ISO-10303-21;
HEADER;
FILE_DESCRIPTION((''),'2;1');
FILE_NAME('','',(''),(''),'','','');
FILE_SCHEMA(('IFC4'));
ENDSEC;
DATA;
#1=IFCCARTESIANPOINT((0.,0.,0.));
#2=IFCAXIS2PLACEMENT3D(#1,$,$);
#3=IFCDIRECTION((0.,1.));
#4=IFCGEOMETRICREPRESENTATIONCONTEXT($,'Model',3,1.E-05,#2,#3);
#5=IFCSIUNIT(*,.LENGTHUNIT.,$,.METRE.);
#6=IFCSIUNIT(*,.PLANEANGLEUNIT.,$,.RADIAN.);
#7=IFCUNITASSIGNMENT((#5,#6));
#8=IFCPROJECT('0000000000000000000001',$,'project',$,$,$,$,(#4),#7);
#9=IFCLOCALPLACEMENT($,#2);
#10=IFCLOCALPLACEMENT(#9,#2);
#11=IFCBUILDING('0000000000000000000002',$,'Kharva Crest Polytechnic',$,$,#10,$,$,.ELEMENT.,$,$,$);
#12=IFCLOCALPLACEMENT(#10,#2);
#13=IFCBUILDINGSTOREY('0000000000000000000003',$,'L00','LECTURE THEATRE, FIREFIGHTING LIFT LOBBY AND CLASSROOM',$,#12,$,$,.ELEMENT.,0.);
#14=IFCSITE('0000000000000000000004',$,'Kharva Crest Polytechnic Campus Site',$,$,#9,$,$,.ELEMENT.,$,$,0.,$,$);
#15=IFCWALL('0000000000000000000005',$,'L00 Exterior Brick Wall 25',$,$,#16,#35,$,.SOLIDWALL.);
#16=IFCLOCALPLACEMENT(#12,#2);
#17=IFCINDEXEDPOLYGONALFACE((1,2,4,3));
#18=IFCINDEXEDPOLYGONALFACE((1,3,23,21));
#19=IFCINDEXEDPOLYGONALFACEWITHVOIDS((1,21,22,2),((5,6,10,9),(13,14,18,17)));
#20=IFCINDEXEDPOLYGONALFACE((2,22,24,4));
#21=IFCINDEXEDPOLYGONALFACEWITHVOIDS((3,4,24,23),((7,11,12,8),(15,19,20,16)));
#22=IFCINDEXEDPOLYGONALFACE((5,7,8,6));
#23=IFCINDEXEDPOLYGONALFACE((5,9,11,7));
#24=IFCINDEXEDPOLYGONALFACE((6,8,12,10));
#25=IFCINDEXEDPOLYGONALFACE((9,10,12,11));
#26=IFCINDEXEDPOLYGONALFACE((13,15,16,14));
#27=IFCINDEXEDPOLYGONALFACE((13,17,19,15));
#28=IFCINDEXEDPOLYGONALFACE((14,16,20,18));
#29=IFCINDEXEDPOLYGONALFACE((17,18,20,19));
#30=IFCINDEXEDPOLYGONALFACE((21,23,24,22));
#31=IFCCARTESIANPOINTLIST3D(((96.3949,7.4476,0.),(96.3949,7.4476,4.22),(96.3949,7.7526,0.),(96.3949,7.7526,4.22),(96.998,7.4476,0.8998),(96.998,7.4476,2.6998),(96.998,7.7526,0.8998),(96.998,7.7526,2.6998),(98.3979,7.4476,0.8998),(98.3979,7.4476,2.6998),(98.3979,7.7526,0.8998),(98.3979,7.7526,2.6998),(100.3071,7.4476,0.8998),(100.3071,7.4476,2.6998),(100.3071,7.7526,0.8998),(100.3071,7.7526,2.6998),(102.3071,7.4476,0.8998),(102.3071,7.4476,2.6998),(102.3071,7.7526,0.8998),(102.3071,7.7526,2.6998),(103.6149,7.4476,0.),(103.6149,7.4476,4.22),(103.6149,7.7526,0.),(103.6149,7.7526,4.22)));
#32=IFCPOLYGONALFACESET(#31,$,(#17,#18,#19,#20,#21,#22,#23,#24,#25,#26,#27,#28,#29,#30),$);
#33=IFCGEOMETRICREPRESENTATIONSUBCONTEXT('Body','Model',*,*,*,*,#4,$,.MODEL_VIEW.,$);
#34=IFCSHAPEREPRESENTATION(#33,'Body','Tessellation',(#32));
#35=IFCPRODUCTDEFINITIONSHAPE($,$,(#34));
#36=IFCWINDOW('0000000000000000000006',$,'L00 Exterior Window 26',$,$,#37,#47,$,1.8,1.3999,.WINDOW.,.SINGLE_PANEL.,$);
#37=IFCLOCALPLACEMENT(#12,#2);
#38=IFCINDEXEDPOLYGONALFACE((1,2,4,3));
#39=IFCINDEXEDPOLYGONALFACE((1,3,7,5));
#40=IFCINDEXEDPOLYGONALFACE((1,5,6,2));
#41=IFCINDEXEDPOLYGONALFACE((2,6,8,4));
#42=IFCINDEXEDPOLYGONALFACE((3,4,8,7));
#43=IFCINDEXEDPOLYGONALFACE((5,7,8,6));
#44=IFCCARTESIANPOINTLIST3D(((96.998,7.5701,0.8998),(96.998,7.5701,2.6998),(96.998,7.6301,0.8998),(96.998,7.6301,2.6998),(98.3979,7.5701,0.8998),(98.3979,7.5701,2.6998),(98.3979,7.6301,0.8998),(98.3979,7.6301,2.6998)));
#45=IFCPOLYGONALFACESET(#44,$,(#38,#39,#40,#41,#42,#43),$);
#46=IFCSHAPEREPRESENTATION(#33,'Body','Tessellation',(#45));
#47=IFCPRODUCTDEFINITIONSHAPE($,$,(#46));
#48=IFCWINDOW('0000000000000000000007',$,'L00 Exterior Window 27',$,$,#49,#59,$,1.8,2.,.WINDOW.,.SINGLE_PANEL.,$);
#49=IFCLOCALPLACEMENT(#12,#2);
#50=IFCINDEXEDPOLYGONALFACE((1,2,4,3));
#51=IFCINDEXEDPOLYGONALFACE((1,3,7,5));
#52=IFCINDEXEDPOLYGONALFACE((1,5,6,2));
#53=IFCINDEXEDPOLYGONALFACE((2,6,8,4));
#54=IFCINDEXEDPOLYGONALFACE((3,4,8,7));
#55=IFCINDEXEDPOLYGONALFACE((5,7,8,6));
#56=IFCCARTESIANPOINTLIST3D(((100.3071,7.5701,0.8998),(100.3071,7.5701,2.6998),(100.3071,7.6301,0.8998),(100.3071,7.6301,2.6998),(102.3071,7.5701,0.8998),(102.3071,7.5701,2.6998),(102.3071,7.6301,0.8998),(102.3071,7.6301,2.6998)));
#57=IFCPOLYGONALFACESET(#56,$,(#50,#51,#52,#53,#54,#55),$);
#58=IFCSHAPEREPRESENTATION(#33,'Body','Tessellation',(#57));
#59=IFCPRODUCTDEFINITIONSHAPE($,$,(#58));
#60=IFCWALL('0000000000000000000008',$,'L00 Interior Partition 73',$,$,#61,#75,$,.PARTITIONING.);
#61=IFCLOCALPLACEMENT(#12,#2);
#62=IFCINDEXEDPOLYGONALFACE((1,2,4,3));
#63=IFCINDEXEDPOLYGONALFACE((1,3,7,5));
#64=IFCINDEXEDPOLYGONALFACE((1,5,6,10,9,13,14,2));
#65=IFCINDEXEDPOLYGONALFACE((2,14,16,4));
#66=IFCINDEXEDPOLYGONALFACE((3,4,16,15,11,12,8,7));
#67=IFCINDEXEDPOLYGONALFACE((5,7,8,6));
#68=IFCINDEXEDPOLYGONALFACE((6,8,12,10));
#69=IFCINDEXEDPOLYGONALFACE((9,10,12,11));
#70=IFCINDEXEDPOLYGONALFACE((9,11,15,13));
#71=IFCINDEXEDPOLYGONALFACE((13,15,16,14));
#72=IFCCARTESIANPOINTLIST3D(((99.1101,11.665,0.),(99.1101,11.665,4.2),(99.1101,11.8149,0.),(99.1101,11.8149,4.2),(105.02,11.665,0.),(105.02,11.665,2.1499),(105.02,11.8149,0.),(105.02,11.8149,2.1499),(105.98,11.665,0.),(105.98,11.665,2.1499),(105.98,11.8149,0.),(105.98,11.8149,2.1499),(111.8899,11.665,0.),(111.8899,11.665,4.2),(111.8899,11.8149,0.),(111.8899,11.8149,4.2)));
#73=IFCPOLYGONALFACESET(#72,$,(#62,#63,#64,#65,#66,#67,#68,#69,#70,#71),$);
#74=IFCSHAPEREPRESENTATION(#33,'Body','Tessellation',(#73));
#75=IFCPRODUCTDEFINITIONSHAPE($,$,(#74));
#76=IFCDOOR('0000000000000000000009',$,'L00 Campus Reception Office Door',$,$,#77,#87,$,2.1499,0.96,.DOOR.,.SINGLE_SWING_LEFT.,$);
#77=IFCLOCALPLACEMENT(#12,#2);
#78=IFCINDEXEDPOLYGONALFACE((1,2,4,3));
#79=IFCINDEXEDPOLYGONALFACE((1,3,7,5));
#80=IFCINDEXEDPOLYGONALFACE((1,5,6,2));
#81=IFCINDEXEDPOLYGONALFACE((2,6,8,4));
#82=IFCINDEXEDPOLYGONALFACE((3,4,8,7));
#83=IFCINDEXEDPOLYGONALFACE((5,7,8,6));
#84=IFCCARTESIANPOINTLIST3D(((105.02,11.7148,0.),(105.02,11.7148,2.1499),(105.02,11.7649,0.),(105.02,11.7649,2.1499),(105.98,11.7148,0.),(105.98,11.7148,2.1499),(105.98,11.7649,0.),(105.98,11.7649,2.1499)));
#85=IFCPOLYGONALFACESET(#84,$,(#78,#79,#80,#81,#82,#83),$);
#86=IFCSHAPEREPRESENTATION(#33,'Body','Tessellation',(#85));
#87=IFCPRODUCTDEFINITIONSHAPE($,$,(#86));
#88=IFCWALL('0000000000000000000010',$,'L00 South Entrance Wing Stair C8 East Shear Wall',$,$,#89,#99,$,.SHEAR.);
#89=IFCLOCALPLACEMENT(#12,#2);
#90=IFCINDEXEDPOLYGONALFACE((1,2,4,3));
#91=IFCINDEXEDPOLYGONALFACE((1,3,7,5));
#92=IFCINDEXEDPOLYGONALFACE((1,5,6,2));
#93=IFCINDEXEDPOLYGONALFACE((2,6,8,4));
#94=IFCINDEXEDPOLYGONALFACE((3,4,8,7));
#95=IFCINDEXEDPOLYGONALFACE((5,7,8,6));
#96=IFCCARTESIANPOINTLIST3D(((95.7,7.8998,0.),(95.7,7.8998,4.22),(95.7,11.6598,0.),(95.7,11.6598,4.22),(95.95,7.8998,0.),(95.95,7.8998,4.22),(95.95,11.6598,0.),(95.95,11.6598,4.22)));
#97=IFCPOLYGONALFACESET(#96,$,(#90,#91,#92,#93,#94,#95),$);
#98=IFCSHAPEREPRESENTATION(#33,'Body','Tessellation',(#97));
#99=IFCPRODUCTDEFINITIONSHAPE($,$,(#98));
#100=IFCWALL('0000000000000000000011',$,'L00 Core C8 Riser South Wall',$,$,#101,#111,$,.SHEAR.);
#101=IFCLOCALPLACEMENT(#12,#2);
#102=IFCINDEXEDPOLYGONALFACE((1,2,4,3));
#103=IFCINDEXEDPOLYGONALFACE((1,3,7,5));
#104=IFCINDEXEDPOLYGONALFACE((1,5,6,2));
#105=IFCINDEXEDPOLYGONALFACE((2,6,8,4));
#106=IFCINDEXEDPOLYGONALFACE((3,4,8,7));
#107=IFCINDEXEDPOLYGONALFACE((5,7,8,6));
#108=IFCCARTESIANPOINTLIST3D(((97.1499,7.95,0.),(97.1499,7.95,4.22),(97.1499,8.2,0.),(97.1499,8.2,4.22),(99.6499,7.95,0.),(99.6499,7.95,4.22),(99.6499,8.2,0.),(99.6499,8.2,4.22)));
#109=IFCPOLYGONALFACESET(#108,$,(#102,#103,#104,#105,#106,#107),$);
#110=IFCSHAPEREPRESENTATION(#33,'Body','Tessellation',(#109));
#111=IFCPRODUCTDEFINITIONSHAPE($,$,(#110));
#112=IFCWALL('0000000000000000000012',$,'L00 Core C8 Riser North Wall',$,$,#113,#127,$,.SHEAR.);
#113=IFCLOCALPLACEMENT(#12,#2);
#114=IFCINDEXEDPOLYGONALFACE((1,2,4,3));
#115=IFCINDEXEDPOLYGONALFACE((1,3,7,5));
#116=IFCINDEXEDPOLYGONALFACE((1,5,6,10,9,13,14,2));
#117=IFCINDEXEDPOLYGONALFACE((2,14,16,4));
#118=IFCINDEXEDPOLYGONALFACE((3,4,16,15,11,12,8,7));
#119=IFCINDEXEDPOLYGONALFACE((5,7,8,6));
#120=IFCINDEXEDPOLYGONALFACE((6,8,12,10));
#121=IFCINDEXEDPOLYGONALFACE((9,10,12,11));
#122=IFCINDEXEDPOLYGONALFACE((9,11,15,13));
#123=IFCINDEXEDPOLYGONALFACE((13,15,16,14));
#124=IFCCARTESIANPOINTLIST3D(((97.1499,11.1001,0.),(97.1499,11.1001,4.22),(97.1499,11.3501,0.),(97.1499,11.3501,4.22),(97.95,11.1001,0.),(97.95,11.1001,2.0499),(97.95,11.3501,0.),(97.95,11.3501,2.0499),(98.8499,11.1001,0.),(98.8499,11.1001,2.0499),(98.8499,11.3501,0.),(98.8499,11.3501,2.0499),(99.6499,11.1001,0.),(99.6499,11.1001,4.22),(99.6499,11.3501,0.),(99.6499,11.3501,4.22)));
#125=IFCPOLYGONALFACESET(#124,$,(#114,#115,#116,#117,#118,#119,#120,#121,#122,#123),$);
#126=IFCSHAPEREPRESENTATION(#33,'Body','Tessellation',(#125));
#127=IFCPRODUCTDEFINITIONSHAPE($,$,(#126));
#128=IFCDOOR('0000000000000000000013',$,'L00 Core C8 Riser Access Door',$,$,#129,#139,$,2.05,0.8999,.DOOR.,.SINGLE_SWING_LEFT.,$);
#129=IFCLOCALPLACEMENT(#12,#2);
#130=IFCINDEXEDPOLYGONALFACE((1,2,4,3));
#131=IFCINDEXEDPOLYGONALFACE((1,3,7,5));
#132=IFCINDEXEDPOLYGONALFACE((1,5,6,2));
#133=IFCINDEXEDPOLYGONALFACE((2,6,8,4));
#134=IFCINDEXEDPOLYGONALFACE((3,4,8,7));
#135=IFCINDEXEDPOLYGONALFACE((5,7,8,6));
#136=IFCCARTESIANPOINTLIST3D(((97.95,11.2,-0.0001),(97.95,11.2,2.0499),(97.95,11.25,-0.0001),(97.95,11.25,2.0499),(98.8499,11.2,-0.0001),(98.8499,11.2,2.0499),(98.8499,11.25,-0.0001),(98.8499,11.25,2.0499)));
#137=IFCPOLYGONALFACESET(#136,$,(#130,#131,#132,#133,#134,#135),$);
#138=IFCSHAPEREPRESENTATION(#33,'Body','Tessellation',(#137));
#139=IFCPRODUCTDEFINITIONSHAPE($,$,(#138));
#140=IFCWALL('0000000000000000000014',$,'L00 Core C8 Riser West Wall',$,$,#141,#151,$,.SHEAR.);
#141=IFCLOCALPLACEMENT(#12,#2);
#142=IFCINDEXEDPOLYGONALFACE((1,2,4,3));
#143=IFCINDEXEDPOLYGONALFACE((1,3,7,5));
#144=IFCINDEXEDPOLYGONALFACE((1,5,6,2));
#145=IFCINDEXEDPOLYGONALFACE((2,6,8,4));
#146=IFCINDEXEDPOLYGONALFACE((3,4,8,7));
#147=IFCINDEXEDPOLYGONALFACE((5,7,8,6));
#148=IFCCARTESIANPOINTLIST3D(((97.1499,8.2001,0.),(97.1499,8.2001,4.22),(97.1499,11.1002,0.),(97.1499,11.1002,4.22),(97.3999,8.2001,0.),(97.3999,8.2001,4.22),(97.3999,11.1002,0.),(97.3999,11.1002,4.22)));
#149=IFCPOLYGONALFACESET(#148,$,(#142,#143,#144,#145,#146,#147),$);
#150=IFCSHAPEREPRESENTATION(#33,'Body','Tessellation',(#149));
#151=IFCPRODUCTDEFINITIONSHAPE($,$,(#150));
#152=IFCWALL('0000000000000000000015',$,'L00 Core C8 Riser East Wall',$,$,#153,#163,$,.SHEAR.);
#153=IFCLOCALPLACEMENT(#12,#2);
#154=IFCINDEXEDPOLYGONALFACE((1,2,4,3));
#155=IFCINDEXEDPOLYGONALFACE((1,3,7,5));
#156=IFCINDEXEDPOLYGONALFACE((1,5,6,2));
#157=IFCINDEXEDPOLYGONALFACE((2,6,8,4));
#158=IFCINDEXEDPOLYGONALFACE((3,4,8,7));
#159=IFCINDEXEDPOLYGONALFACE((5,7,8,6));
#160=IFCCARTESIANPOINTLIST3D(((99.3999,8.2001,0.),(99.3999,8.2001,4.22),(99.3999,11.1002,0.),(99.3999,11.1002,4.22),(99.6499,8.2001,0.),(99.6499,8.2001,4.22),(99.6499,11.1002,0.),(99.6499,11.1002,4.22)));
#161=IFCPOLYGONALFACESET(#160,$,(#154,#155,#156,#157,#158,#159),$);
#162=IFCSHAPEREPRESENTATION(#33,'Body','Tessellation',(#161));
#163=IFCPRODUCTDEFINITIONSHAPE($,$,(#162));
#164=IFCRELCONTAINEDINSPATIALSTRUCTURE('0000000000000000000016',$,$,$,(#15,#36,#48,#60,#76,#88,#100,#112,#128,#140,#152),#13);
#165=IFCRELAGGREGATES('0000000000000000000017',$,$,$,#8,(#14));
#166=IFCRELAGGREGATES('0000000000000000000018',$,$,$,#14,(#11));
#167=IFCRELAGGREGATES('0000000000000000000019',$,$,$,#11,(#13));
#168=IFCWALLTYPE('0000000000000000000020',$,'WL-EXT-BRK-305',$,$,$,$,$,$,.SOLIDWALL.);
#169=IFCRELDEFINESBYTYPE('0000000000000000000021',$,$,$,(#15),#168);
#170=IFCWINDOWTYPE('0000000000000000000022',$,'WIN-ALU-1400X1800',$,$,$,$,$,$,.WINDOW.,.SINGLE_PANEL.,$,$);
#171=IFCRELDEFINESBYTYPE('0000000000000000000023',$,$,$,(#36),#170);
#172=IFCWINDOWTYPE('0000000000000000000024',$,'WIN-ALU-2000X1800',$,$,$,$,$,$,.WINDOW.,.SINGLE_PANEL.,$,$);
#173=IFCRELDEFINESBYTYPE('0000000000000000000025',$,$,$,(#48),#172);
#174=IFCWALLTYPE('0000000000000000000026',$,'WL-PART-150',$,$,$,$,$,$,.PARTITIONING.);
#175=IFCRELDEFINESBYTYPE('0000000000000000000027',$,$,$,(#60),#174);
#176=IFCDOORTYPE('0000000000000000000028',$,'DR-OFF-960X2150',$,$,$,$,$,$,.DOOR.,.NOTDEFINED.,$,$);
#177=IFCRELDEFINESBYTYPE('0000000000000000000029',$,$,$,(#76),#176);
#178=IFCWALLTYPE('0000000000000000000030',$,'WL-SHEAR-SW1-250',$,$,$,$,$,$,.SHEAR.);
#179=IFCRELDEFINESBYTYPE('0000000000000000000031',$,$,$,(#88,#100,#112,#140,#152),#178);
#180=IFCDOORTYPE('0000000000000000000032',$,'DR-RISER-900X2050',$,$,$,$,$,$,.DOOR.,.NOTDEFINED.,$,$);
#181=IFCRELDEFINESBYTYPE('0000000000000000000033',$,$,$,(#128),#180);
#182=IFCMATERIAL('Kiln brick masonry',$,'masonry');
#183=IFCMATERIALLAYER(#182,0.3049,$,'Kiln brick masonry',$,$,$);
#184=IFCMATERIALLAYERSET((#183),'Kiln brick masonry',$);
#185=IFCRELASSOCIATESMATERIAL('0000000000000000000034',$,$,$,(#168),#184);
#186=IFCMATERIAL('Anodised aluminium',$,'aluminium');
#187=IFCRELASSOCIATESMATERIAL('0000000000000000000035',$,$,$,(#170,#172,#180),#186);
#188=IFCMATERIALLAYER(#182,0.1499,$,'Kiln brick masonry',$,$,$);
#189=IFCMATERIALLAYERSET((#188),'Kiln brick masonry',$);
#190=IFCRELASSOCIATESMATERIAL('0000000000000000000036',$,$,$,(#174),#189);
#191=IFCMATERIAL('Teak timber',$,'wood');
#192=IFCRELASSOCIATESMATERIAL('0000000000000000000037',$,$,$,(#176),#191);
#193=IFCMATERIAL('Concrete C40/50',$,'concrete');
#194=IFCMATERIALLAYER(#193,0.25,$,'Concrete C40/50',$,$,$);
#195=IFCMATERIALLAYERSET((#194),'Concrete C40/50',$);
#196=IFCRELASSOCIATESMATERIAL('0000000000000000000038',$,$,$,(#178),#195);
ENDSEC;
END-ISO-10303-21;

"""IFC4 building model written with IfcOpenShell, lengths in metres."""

from ifc_helpers import new_model, si_unit, direction, frame, frame_2d, origin, place, context, subcontext, project, spatial, rectangle, extrude, material, layer, layer_set, type_object, element, fill, save


model = new_model("IFC4")

# Units and contexts
model_context = context("Model", 3, precision=1e-05, world=origin(), true_north=direction((0.0, 1.0)))
body_context = subcontext(model_context, "Body", "Model", "MODEL_VIEW")
ifc_project = project(units=[si_unit("LENGTHUNIT", "METRE"), si_unit("PLANEANGLEUNIT", "RADIAN")], contexts=[model_context])

# Site, building, storey
site_placement = place(None, origin())
site = spatial("IfcSite", under=ifc_project, at=site_placement, Name="Kharva Crest Polytechnic Campus Site", CompositionType="ELEMENT", RefElevation=0.0)
building_placement = place(site_placement, origin())
building = spatial("IfcBuilding", under=site, at=building_placement, Name="Kharva Crest Polytechnic", CompositionType="ELEMENT")
storey_placement = place(building_placement, origin())
storey = spatial("IfcBuildingStorey", under=building, at=storey_placement, Name="L00", Description="LECTURE THEATRE, FIREFIGHTING LIFT LOBBY AND CLASSROOM", CompositionType="ELEMENT", Elevation=0.0)

# Shared definitions
ifc_material_1 = material(Name="Concrete C40/50", Category="concrete")

# Wall, openings, windows
ifc_material_2 = material(Name="Kiln brick masonry", Category="masonry")
ifc_layer_1 = layer(ifc_material_2, 0.3049, Name="Kiln brick masonry")
ifc_layer_set_1 = layer_set([ifc_layer_1], Name="Kiln brick masonry")
wall_type_1 = type_object("IfcWallType", Name="WL-EXT-BRK-305", PredefinedType="SOLIDWALL", material=ifc_layer_set_1)
wall_1_placement = place(storey_placement, frame((96.395, 7.6001, 0.0), z_axis=(0.0, 0.0, 1.0), x_axis=(1.0, 0.0, 0.0)))
wall_1 = element("IfcWall", 1, at=wall_1_placement, inside=storey, type_object=wall_type_1, Name="L00 Exterior Brick Wall 25", PredefinedType="SOLIDWALL", context=body_context, shape_type="SweptSolid", body=[
    extrude(rectangle(XDim=7.22, YDim=0.3049, at=frame_2d((3.6099, 0.0))), origin(), (0.0, 0.0, 1.0), 4.22),
])
opening_1_placement = place(wall_1_placement, frame((0.603, 0.0, 0.8999)))
opening_1 = element("IfcOpeningElement", 2, at=opening_1_placement, cuts=wall_1, PredefinedType="OPENING", context=body_context, shape_type="SweptSolid", body=[
    extrude(rectangle(XDim=1.3999, YDim=1.8, at=frame_2d((0.7, 0.8999))), frame((0.0, 0.1624, 0.0), z_axis=(0.0, -1.0, 0.0), x_axis=(1.0, 0.0, 0.0)), (0.0, 0.0, 1.0), 0.325),
])
opening_2_placement = place(wall_1_placement, frame((3.9121, 0.0, 0.8999)))
opening_2 = element("IfcOpeningElement", 3, at=opening_2_placement, cuts=wall_1, PredefinedType="OPENING", context=body_context, shape_type="SweptSolid", body=[
    extrude(rectangle(XDim=2.0, YDim=1.8, at=frame_2d((1.0, 0.8999))), frame((0.0, 0.1624, 0.0), z_axis=(0.0, -1.0, 0.0), x_axis=(1.0, 0.0, 0.0)), (0.0, 0.0, 1.0), 0.325),
])
ifc_material_3 = material(Name="Anodised aluminium", Category="aluminium")
window_type_1 = type_object("IfcWindowType", Name="WIN-ALU-1400X1800", PartitioningType="SINGLE_PANEL", PredefinedType="WINDOW", material=ifc_material_3)
window_1_placement = place(opening_1_placement, origin())
window_1 = element("IfcWindow", 4, at=window_1_placement, inside=storey, type_object=window_type_1, Name="L00 Exterior Window 26", OverallHeight=1.8, OverallWidth=1.3999, PartitioningType="SINGLE_PANEL", PredefinedType="WINDOW", context=body_context, shape_type="SweptSolid", body=[
    extrude(rectangle(XDim=1.3999, YDim=1.8, at=frame_2d((0.7, 0.8999))), frame((0.0, 0.03, 0.0), z_axis=(0.0, -1.0, 0.0), x_axis=(1.0, 0.0, 0.0)), (0.0, 0.0, 1.0), 0.0601),
])
fill(opening_1, window_1)
window_type_2 = type_object("IfcWindowType", Name="WIN-ALU-2000X1800", PartitioningType="SINGLE_PANEL", PredefinedType="WINDOW", material=ifc_material_3)
window_2_placement = place(opening_2_placement, origin())
window_2 = element("IfcWindow", 5, at=window_2_placement, inside=storey, type_object=window_type_2, Name="L00 Exterior Window 27", OverallHeight=1.8, OverallWidth=2.0, PartitioningType="SINGLE_PANEL", PredefinedType="WINDOW", context=body_context, shape_type="SweptSolid", body=[
    extrude(rectangle(XDim=2.0, YDim=1.8, at=frame_2d((1.0, 0.8999))), frame((0.0, 0.03, 0.0), z_axis=(0.0, -1.0, 0.0), x_axis=(1.0, 0.0, 0.0)), (0.0, 0.0, 1.0), 0.0601),
])
fill(opening_2, window_2)

# Wall, opening, door
ifc_layer_2 = layer(ifc_material_2, 0.1499, Name="Kiln brick masonry")
ifc_layer_set_2 = layer_set([ifc_layer_2], Name="Kiln brick masonry")
wall_type_2 = type_object("IfcWallType", Name="WL-PART-150", PredefinedType="PARTITIONING", material=ifc_layer_set_2)
wall_2_placement = place(storey_placement, frame((99.1101, 11.74, 0.0), z_axis=(0.0, 0.0, 1.0), x_axis=(1.0, 0.0, 0.0)))
wall_2 = element("IfcWall", 6, at=wall_2_placement, inside=storey, type_object=wall_type_2, Name="L00 Interior Partition 73", PredefinedType="PARTITIONING", context=body_context, shape_type="SweptSolid", body=[
    extrude(rectangle(XDim=12.7798, YDim=0.1499, at=frame_2d((6.3899, 0.0))), origin(), (0.0, 0.0, 1.0), 4.2),
])
opening_3_placement = place(wall_2_placement, frame((5.9099, 0.0, 0.0)))
opening_3 = element("IfcOpeningElement", 7, at=opening_3_placement, cuts=wall_2, PredefinedType="OPENING", context=body_context, shape_type="SweptSolid", body=[
    extrude(rectangle(XDim=0.96, YDim=2.1499, at=frame_2d((0.48, 1.075))), frame((0.0, 0.085, 0.0), z_axis=(0.0, -1.0, 0.0), x_axis=(1.0, 0.0, 0.0)), (0.0, 0.0, 1.0), 0.1699),
])
ifc_material_4 = material(Name="Teak timber", Category="wood")
door_type_1 = type_object("IfcDoorType", Name="DR-OFF-960X2150", OperationType="NOTDEFINED", PredefinedType="DOOR", material=ifc_material_4)
door_1_placement = place(opening_3_placement, origin())
door_1 = element("IfcDoor", 8, at=door_1_placement, inside=storey, type_object=door_type_1, Name="L00 Campus Reception Office Door", OperationType="SINGLE_SWING_LEFT", OverallHeight=2.1499, OverallWidth=0.96, PredefinedType="DOOR", context=body_context, shape_type="SweptSolid", body=[
    extrude(rectangle(XDim=0.96, YDim=2.1499, at=frame_2d((0.48, 1.075))), frame((0.0, 0.0249, 0.0), z_axis=(0.0, -1.0, 0.0), x_axis=(1.0, 0.0, 0.0)), (0.0, 0.0, 1.0), 0.05),
])
fill(opening_3, door_1)

# Walls
ifc_layer_3 = layer(ifc_material_1, 0.25, Name="Concrete C40/50")
ifc_layer_set_3 = layer_set([ifc_layer_3], Name="Concrete C40/50")
wall_type_3 = type_object("IfcWallType", Name="WL-SHEAR-SW1-250", PredefinedType="SHEAR", material=ifc_layer_set_3)
wall_3_placement = place(storey_placement, frame((95.825, 7.8999, 0.0), z_axis=(0.0, 0.0, 1.0), x_axis=(0.0, 1.0, 0.0)))
element("IfcWall", 9, at=wall_3_placement, inside=storey, type_object=wall_type_3, Name="L00 South Entrance Wing Stair C8 East Shear Wall", PredefinedType="SHEAR", context=body_context, shape_type="SweptSolid", body=[
    extrude(rectangle(XDim=3.76, YDim=0.25, at=frame_2d((1.8799, 0.0))), origin(), (0.0, 0.0, 1.0), 4.22),
])
wall_4_placement = place(storey_placement, frame((97.1499, 8.075, 0.0), z_axis=(0.0, 0.0, 1.0), x_axis=(1.0, 0.0, 0.0)))
element("IfcWall", 10, at=wall_4_placement, inside=storey, type_object=wall_type_3, Name="L00 Core C8 Riser South Wall", PredefinedType="SHEAR", context=body_context, shape_type="SweptSolid", body=[
    extrude(rectangle(XDim=2.5, YDim=0.25, at=frame_2d((1.25, 0.0))), origin(), (0.0, 0.0, 1.0), 4.22),
])

# Wall, opening, door
wall_5_placement = place(storey_placement, frame((97.1499, 11.2251, 0.0), z_axis=(0.0, 0.0, 1.0), x_axis=(1.0, 0.0, 0.0)))
wall_5 = element("IfcWall", 11, at=wall_5_placement, inside=storey, type_object=wall_type_3, Name="L00 Core C8 Riser North Wall", PredefinedType="SHEAR", context=body_context, shape_type="SweptSolid", body=[
    extrude(rectangle(XDim=2.5, YDim=0.25, at=frame_2d((1.25, 0.0))), origin(), (0.0, 0.0, 1.0), 4.22),
])
opening_4_placement = place(wall_5_placement, frame((0.8, 0.0, 0.0)))
opening_4 = element("IfcOpeningElement", 12, at=opening_4_placement, cuts=wall_5, PredefinedType="OPENING", context=body_context, shape_type="SweptSolid", body=[
    extrude(rectangle(XDim=0.8999, YDim=2.05, at=frame_2d((0.45, 1.0249))), frame((0.0, 0.135, 0.0), z_axis=(0.0, -1.0, 0.0), x_axis=(1.0, 0.0, 0.0)), (0.0, 0.0, 1.0), 0.27),
])
door_type_2 = type_object("IfcDoorType", Name="DR-RISER-900X2050", OperationType="NOTDEFINED", PredefinedType="DOOR", material=ifc_material_3)
door_2_placement = place(opening_4_placement, origin())
door_2 = element("IfcDoor", 13, at=door_2_placement, inside=storey, type_object=door_type_2, Name="L00 Core C8 Riser Access Door", OperationType="SINGLE_SWING_LEFT", OverallHeight=2.05, OverallWidth=0.8999, PredefinedType="DOOR", context=body_context, shape_type="SweptSolid", body=[
    extrude(rectangle(XDim=0.8999, YDim=2.05, at=frame_2d((0.45, 1.0249))), frame((0.0, 0.0249, 0.0), z_axis=(0.0, -1.0, 0.0), x_axis=(1.0, 0.0, 0.0)), (0.0, 0.0, 1.0), 0.05),
])
fill(opening_4, door_2)

# Walls
for number, where, z_axis, x_axis, name in (
    (14, (97.2749, 8.2, 0.0), (0.0, 0.0, 1.0), (0.0, 1.0, 0.0), "L00 Core C8 Riser West Wall"),
    (15, (99.5249, 8.2, 0.0), (0.0, 0.0, 1.0), (0.0, 1.0, 0.0), "L00 Core C8 Riser East Wall"),
):
    element("IfcWall", number, at=place(storey_placement, frame(where, z_axis=z_axis, x_axis=x_axis)), inside=storey, type_object=wall_type_3, Name=name, PredefinedType="SHEAR", context=body_context, shape_type="SweptSolid", body=[
        extrude(rectangle(XDim=2.9001, YDim=0.25, at=frame_2d((1.4502, 0.0))), origin(), (0.0, 0.0, 1.0), 4.22),
    ])

save(model, "model.ifc")
